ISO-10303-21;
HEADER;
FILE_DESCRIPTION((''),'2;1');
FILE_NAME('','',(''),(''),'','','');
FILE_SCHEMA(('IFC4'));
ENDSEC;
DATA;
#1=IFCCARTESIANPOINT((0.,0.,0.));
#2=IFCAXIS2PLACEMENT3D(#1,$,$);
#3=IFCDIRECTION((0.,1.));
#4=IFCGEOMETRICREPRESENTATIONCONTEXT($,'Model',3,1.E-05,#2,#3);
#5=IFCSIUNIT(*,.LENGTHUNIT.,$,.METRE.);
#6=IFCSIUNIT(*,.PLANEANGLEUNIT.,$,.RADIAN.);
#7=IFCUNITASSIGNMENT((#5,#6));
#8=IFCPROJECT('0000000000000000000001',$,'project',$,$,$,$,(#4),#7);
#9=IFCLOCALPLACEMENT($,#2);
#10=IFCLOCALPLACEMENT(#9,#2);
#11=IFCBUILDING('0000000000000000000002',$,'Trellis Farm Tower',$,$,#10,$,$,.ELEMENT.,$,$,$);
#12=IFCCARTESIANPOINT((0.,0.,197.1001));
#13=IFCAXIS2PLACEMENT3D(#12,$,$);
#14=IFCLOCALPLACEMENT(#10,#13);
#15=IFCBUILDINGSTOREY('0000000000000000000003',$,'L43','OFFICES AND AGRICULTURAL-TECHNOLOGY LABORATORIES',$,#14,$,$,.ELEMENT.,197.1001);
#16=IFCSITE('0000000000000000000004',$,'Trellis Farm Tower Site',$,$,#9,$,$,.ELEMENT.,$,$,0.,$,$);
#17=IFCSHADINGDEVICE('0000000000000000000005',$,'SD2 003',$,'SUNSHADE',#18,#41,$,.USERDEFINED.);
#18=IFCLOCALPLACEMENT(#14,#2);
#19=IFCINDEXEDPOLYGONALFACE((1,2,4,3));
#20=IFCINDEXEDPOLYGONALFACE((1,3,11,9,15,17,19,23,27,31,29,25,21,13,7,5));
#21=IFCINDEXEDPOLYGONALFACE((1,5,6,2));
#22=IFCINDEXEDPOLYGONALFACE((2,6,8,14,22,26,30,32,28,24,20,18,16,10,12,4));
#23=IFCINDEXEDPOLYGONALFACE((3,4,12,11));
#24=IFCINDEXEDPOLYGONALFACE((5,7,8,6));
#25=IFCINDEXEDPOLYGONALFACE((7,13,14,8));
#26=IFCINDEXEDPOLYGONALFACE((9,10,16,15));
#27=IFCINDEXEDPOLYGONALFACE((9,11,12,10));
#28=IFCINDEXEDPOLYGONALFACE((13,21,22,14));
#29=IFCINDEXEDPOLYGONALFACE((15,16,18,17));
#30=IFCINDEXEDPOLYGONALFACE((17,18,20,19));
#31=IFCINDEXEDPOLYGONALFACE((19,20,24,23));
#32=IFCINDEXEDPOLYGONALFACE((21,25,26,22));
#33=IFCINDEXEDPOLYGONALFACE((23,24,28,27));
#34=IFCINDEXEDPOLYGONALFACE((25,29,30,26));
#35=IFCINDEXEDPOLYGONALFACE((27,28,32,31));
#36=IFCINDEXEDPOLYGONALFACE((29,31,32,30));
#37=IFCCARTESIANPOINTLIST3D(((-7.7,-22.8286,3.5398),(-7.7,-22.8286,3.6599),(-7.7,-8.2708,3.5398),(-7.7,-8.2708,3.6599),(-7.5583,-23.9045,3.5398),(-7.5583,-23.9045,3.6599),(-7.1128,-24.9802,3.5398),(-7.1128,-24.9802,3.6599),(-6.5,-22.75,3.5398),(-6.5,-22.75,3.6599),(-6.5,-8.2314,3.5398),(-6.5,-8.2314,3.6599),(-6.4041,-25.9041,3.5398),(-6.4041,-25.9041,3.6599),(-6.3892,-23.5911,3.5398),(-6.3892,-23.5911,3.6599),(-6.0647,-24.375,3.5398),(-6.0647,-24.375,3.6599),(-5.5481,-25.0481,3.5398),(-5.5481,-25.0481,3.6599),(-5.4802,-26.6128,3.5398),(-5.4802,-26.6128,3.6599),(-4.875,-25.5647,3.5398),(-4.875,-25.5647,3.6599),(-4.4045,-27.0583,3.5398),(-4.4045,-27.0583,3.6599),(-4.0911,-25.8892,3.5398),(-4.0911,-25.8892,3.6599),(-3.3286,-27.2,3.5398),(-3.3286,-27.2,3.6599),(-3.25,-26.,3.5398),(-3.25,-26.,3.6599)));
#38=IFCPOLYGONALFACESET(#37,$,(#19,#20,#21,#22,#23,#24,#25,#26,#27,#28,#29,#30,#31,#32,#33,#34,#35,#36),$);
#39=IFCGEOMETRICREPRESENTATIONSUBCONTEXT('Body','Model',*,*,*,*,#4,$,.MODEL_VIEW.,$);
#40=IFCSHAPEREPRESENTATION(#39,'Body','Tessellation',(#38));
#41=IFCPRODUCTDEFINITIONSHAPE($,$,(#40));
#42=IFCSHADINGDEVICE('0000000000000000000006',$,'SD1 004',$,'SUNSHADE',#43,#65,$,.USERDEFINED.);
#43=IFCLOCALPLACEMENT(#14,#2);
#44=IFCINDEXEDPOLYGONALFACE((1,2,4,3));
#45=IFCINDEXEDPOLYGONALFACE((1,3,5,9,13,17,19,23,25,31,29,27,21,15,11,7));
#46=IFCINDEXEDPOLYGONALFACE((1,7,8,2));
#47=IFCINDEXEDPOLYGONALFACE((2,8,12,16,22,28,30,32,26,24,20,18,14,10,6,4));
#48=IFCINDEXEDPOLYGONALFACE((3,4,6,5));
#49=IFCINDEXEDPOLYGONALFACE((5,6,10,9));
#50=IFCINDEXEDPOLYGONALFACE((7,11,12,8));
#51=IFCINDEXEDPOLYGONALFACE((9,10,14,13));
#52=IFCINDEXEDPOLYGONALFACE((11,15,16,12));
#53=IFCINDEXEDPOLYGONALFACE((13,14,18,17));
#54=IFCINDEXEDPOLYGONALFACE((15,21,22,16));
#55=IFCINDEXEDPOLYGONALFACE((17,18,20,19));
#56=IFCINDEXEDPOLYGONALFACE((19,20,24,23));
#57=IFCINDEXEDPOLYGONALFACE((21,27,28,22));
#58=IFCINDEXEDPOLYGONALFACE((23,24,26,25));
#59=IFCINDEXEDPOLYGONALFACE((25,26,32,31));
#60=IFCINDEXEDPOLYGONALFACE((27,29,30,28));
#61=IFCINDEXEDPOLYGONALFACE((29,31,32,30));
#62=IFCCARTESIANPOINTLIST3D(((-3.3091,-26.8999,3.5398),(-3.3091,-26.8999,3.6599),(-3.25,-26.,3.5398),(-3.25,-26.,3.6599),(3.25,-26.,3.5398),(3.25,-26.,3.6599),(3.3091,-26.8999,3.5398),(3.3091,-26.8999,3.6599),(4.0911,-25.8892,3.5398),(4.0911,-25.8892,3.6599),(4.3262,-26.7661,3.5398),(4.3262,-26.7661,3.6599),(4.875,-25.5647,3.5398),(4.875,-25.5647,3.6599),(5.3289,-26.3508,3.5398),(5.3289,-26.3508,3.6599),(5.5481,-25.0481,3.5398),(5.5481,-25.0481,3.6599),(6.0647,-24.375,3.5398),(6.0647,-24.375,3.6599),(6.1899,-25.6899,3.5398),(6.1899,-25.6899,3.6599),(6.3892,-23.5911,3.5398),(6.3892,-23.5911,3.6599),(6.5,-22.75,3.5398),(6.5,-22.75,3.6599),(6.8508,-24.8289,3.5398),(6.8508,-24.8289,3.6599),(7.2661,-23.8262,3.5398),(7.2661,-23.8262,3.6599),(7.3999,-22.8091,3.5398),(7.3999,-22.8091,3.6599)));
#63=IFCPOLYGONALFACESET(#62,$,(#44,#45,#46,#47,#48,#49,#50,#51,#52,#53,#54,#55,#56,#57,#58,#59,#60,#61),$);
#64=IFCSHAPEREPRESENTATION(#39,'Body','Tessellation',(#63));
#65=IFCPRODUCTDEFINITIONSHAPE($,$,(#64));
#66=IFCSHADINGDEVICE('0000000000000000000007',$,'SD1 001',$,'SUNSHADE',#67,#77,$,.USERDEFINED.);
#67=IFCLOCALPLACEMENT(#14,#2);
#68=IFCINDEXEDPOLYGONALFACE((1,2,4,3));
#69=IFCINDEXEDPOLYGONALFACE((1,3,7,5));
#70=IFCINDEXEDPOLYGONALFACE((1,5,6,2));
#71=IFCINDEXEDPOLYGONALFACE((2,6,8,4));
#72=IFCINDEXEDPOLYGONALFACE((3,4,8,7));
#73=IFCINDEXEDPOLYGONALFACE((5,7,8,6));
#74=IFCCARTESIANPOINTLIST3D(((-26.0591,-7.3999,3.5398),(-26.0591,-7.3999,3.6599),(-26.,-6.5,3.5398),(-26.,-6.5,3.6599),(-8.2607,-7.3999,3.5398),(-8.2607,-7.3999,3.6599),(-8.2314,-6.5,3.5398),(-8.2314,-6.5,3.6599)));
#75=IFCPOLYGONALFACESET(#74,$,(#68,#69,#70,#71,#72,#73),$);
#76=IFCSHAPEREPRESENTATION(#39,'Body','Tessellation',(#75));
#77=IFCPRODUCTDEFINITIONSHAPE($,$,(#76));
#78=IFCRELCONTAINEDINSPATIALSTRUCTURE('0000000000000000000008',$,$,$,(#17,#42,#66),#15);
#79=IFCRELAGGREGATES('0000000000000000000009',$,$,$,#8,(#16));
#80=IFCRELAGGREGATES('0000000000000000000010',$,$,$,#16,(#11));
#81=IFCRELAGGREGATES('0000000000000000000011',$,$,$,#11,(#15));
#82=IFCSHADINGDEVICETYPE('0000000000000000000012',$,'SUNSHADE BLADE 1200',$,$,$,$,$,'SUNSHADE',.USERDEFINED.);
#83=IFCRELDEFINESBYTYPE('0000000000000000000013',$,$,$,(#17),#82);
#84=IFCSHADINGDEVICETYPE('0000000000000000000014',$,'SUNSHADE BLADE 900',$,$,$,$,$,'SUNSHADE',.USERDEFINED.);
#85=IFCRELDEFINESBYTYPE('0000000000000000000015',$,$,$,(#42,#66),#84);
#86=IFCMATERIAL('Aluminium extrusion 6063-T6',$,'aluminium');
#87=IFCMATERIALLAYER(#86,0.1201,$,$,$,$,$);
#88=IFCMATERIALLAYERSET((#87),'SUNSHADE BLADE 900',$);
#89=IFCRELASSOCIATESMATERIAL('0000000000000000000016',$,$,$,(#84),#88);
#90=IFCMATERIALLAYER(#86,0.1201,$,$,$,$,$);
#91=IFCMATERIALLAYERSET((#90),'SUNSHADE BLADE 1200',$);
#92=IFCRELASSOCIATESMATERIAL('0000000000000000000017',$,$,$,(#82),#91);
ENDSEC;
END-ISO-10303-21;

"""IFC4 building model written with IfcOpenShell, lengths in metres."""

from ifc_helpers import new_model, si_unit, direction, frame, origin, place, context, subcontext, project, spatial, polyline, outline, extrude, source, transform, mapped, material, layer, layer_set, type_object, element, save


model = new_model("IFC4")

# Units and contexts
model_context = context("Model", 3, precision=1e-05, world=origin(), true_north=direction((0.0, 1.0)))
body_context = subcontext(model_context, "Body", "Model", "MODEL_VIEW")
ifc_project = project(units=[si_unit("LENGTHUNIT", "METRE"), si_unit("PLANEANGLEUNIT", "RADIAN")], contexts=[model_context])

# Site, building, storey
site_placement = place(None, origin())
site = spatial("IfcSite", under=ifc_project, at=site_placement, Name="Trellis Farm Tower Site", CompositionType="ELEMENT", RefElevation=0.0)
building_placement = place(site_placement, origin())
building = spatial("IfcBuilding", under=site, at=building_placement, Name="Trellis Farm Tower", CompositionType="ELEMENT")
storey_placement = place(building_placement, frame((0.0, 0.0, 197.1001)))
storey = spatial("IfcBuildingStorey", under=building, at=storey_placement, Name="L43", Description="OFFICES AND AGRICULTURAL-TECHNOLOGY LABORATORIES", CompositionType="ELEMENT", Elevation=197.1001)

# Shared definitions
ifc_material_1 = material(Name="Aluminium extrusion 6063-T6", Category="aluminium")

# Shading devices
ifc_layer_1 = layer(ifc_material_1, 0.1201)
ifc_layer_set_1 = layer_set([ifc_layer_1], Name="SUNSHADE BLADE 900")
shading_device_type_1 = type_object("IfcShadingDeviceType", Name="SUNSHADE BLADE 900", ElementType="SUNSHADE", PredefinedType="USERDEFINED", material=ifc_layer_set_1)
placement_1 = place(storey_placement, frame((0.0, 0.0, 3.5398)))
ifc_layer_2 = layer(ifc_material_1, 0.1201)
ifc_layer_set_2 = layer_set([ifc_layer_2], Name="SUNSHADE BLADE 1200")
shading_device_type_2 = type_object("IfcShadingDeviceType", Name="SUNSHADE BLADE 1200", ElementType="SUNSHADE", PredefinedType="USERDEFINED", material=ifc_layer_set_2)
shared_shape_1 = source(origin(), body_context, "Body", "SweptSolid", [
    extrude(outline(polyline([(-7.7, -8.2708), (-7.7, -22.8286), (-7.5583, -23.9045), (-7.1128, -24.9802), (-6.4041, -25.9041), (-5.4802, -26.6128), (-4.4045, -27.0583), (-3.3286, -27.2), (-3.25, -26.0), (-4.0911, -25.8892), (-4.875, -25.5647), (-5.5481, -25.0481), (-6.0647, -24.375), (-6.3892, -23.5911), (-6.5, -22.75), (-6.5, -8.2314), (-7.7, -8.2708)])), origin(), (0.0, 0.0, 1.0), 0.1201),
])
element("IfcShadingDevice", 1, at=placement_1, inside=storey, type_object=shading_device_type_2, Name="SD2 003", ObjectType="SUNSHADE", PredefinedType="USERDEFINED", context=body_context, shape_type="MappedRepresentation", body=[
    mapped(shared_shape_1, transform((0.0, 0.0, 0.0))),
])
shared_shape_2 = source(origin(), body_context, "Body", "SweptSolid", [
    extrude(outline(polyline([(-3.3091, -26.8999), (3.3091, -26.8999), (4.3262, -26.7661), (5.3289, -26.3508), (6.1899, -25.6899), (6.8508, -24.8289), (7.2661, -23.8262), (7.3999, -22.8091), (6.5, -22.75), (6.3892, -23.5911), (6.0647, -24.375), (5.5481, -25.0481), (4.875, -25.5647), (4.0911, -25.8892), (3.25, -26.0), (-3.25, -26.0), (-3.3091, -26.8999)])), origin(), (0.0, 0.0, 1.0), 0.1201),
])
element("IfcShadingDevice", 2, at=placement_1, inside=storey, type_object=shading_device_type_1, Name="SD1 004", ObjectType="SUNSHADE", PredefinedType="USERDEFINED", context=body_context, shape_type="MappedRepresentation", body=[
    mapped(shared_shape_2, transform((0.0, 0.0, 0.0))),
])
shared_shape_3 = source(origin(), body_context, "Body", "SweptSolid", [
    extrude(outline(polyline([(-26.0591, -7.3999), (-8.2607, -7.3999), (-8.2314, -6.5), (-26.0, -6.5), (-26.0591, -7.3999)])), origin(), (0.0, 0.0, 1.0), 0.1201),
])
element("IfcShadingDevice", 3, at=placement_1, inside=storey, type_object=shading_device_type_1, Name="SD1 001", ObjectType="SUNSHADE", PredefinedType="USERDEFINED", context=body_context, shape_type="MappedRepresentation", body=[
    mapped(shared_shape_3, transform((0.0, 0.0, 0.0))),
])

save(model, "model.ifc")
